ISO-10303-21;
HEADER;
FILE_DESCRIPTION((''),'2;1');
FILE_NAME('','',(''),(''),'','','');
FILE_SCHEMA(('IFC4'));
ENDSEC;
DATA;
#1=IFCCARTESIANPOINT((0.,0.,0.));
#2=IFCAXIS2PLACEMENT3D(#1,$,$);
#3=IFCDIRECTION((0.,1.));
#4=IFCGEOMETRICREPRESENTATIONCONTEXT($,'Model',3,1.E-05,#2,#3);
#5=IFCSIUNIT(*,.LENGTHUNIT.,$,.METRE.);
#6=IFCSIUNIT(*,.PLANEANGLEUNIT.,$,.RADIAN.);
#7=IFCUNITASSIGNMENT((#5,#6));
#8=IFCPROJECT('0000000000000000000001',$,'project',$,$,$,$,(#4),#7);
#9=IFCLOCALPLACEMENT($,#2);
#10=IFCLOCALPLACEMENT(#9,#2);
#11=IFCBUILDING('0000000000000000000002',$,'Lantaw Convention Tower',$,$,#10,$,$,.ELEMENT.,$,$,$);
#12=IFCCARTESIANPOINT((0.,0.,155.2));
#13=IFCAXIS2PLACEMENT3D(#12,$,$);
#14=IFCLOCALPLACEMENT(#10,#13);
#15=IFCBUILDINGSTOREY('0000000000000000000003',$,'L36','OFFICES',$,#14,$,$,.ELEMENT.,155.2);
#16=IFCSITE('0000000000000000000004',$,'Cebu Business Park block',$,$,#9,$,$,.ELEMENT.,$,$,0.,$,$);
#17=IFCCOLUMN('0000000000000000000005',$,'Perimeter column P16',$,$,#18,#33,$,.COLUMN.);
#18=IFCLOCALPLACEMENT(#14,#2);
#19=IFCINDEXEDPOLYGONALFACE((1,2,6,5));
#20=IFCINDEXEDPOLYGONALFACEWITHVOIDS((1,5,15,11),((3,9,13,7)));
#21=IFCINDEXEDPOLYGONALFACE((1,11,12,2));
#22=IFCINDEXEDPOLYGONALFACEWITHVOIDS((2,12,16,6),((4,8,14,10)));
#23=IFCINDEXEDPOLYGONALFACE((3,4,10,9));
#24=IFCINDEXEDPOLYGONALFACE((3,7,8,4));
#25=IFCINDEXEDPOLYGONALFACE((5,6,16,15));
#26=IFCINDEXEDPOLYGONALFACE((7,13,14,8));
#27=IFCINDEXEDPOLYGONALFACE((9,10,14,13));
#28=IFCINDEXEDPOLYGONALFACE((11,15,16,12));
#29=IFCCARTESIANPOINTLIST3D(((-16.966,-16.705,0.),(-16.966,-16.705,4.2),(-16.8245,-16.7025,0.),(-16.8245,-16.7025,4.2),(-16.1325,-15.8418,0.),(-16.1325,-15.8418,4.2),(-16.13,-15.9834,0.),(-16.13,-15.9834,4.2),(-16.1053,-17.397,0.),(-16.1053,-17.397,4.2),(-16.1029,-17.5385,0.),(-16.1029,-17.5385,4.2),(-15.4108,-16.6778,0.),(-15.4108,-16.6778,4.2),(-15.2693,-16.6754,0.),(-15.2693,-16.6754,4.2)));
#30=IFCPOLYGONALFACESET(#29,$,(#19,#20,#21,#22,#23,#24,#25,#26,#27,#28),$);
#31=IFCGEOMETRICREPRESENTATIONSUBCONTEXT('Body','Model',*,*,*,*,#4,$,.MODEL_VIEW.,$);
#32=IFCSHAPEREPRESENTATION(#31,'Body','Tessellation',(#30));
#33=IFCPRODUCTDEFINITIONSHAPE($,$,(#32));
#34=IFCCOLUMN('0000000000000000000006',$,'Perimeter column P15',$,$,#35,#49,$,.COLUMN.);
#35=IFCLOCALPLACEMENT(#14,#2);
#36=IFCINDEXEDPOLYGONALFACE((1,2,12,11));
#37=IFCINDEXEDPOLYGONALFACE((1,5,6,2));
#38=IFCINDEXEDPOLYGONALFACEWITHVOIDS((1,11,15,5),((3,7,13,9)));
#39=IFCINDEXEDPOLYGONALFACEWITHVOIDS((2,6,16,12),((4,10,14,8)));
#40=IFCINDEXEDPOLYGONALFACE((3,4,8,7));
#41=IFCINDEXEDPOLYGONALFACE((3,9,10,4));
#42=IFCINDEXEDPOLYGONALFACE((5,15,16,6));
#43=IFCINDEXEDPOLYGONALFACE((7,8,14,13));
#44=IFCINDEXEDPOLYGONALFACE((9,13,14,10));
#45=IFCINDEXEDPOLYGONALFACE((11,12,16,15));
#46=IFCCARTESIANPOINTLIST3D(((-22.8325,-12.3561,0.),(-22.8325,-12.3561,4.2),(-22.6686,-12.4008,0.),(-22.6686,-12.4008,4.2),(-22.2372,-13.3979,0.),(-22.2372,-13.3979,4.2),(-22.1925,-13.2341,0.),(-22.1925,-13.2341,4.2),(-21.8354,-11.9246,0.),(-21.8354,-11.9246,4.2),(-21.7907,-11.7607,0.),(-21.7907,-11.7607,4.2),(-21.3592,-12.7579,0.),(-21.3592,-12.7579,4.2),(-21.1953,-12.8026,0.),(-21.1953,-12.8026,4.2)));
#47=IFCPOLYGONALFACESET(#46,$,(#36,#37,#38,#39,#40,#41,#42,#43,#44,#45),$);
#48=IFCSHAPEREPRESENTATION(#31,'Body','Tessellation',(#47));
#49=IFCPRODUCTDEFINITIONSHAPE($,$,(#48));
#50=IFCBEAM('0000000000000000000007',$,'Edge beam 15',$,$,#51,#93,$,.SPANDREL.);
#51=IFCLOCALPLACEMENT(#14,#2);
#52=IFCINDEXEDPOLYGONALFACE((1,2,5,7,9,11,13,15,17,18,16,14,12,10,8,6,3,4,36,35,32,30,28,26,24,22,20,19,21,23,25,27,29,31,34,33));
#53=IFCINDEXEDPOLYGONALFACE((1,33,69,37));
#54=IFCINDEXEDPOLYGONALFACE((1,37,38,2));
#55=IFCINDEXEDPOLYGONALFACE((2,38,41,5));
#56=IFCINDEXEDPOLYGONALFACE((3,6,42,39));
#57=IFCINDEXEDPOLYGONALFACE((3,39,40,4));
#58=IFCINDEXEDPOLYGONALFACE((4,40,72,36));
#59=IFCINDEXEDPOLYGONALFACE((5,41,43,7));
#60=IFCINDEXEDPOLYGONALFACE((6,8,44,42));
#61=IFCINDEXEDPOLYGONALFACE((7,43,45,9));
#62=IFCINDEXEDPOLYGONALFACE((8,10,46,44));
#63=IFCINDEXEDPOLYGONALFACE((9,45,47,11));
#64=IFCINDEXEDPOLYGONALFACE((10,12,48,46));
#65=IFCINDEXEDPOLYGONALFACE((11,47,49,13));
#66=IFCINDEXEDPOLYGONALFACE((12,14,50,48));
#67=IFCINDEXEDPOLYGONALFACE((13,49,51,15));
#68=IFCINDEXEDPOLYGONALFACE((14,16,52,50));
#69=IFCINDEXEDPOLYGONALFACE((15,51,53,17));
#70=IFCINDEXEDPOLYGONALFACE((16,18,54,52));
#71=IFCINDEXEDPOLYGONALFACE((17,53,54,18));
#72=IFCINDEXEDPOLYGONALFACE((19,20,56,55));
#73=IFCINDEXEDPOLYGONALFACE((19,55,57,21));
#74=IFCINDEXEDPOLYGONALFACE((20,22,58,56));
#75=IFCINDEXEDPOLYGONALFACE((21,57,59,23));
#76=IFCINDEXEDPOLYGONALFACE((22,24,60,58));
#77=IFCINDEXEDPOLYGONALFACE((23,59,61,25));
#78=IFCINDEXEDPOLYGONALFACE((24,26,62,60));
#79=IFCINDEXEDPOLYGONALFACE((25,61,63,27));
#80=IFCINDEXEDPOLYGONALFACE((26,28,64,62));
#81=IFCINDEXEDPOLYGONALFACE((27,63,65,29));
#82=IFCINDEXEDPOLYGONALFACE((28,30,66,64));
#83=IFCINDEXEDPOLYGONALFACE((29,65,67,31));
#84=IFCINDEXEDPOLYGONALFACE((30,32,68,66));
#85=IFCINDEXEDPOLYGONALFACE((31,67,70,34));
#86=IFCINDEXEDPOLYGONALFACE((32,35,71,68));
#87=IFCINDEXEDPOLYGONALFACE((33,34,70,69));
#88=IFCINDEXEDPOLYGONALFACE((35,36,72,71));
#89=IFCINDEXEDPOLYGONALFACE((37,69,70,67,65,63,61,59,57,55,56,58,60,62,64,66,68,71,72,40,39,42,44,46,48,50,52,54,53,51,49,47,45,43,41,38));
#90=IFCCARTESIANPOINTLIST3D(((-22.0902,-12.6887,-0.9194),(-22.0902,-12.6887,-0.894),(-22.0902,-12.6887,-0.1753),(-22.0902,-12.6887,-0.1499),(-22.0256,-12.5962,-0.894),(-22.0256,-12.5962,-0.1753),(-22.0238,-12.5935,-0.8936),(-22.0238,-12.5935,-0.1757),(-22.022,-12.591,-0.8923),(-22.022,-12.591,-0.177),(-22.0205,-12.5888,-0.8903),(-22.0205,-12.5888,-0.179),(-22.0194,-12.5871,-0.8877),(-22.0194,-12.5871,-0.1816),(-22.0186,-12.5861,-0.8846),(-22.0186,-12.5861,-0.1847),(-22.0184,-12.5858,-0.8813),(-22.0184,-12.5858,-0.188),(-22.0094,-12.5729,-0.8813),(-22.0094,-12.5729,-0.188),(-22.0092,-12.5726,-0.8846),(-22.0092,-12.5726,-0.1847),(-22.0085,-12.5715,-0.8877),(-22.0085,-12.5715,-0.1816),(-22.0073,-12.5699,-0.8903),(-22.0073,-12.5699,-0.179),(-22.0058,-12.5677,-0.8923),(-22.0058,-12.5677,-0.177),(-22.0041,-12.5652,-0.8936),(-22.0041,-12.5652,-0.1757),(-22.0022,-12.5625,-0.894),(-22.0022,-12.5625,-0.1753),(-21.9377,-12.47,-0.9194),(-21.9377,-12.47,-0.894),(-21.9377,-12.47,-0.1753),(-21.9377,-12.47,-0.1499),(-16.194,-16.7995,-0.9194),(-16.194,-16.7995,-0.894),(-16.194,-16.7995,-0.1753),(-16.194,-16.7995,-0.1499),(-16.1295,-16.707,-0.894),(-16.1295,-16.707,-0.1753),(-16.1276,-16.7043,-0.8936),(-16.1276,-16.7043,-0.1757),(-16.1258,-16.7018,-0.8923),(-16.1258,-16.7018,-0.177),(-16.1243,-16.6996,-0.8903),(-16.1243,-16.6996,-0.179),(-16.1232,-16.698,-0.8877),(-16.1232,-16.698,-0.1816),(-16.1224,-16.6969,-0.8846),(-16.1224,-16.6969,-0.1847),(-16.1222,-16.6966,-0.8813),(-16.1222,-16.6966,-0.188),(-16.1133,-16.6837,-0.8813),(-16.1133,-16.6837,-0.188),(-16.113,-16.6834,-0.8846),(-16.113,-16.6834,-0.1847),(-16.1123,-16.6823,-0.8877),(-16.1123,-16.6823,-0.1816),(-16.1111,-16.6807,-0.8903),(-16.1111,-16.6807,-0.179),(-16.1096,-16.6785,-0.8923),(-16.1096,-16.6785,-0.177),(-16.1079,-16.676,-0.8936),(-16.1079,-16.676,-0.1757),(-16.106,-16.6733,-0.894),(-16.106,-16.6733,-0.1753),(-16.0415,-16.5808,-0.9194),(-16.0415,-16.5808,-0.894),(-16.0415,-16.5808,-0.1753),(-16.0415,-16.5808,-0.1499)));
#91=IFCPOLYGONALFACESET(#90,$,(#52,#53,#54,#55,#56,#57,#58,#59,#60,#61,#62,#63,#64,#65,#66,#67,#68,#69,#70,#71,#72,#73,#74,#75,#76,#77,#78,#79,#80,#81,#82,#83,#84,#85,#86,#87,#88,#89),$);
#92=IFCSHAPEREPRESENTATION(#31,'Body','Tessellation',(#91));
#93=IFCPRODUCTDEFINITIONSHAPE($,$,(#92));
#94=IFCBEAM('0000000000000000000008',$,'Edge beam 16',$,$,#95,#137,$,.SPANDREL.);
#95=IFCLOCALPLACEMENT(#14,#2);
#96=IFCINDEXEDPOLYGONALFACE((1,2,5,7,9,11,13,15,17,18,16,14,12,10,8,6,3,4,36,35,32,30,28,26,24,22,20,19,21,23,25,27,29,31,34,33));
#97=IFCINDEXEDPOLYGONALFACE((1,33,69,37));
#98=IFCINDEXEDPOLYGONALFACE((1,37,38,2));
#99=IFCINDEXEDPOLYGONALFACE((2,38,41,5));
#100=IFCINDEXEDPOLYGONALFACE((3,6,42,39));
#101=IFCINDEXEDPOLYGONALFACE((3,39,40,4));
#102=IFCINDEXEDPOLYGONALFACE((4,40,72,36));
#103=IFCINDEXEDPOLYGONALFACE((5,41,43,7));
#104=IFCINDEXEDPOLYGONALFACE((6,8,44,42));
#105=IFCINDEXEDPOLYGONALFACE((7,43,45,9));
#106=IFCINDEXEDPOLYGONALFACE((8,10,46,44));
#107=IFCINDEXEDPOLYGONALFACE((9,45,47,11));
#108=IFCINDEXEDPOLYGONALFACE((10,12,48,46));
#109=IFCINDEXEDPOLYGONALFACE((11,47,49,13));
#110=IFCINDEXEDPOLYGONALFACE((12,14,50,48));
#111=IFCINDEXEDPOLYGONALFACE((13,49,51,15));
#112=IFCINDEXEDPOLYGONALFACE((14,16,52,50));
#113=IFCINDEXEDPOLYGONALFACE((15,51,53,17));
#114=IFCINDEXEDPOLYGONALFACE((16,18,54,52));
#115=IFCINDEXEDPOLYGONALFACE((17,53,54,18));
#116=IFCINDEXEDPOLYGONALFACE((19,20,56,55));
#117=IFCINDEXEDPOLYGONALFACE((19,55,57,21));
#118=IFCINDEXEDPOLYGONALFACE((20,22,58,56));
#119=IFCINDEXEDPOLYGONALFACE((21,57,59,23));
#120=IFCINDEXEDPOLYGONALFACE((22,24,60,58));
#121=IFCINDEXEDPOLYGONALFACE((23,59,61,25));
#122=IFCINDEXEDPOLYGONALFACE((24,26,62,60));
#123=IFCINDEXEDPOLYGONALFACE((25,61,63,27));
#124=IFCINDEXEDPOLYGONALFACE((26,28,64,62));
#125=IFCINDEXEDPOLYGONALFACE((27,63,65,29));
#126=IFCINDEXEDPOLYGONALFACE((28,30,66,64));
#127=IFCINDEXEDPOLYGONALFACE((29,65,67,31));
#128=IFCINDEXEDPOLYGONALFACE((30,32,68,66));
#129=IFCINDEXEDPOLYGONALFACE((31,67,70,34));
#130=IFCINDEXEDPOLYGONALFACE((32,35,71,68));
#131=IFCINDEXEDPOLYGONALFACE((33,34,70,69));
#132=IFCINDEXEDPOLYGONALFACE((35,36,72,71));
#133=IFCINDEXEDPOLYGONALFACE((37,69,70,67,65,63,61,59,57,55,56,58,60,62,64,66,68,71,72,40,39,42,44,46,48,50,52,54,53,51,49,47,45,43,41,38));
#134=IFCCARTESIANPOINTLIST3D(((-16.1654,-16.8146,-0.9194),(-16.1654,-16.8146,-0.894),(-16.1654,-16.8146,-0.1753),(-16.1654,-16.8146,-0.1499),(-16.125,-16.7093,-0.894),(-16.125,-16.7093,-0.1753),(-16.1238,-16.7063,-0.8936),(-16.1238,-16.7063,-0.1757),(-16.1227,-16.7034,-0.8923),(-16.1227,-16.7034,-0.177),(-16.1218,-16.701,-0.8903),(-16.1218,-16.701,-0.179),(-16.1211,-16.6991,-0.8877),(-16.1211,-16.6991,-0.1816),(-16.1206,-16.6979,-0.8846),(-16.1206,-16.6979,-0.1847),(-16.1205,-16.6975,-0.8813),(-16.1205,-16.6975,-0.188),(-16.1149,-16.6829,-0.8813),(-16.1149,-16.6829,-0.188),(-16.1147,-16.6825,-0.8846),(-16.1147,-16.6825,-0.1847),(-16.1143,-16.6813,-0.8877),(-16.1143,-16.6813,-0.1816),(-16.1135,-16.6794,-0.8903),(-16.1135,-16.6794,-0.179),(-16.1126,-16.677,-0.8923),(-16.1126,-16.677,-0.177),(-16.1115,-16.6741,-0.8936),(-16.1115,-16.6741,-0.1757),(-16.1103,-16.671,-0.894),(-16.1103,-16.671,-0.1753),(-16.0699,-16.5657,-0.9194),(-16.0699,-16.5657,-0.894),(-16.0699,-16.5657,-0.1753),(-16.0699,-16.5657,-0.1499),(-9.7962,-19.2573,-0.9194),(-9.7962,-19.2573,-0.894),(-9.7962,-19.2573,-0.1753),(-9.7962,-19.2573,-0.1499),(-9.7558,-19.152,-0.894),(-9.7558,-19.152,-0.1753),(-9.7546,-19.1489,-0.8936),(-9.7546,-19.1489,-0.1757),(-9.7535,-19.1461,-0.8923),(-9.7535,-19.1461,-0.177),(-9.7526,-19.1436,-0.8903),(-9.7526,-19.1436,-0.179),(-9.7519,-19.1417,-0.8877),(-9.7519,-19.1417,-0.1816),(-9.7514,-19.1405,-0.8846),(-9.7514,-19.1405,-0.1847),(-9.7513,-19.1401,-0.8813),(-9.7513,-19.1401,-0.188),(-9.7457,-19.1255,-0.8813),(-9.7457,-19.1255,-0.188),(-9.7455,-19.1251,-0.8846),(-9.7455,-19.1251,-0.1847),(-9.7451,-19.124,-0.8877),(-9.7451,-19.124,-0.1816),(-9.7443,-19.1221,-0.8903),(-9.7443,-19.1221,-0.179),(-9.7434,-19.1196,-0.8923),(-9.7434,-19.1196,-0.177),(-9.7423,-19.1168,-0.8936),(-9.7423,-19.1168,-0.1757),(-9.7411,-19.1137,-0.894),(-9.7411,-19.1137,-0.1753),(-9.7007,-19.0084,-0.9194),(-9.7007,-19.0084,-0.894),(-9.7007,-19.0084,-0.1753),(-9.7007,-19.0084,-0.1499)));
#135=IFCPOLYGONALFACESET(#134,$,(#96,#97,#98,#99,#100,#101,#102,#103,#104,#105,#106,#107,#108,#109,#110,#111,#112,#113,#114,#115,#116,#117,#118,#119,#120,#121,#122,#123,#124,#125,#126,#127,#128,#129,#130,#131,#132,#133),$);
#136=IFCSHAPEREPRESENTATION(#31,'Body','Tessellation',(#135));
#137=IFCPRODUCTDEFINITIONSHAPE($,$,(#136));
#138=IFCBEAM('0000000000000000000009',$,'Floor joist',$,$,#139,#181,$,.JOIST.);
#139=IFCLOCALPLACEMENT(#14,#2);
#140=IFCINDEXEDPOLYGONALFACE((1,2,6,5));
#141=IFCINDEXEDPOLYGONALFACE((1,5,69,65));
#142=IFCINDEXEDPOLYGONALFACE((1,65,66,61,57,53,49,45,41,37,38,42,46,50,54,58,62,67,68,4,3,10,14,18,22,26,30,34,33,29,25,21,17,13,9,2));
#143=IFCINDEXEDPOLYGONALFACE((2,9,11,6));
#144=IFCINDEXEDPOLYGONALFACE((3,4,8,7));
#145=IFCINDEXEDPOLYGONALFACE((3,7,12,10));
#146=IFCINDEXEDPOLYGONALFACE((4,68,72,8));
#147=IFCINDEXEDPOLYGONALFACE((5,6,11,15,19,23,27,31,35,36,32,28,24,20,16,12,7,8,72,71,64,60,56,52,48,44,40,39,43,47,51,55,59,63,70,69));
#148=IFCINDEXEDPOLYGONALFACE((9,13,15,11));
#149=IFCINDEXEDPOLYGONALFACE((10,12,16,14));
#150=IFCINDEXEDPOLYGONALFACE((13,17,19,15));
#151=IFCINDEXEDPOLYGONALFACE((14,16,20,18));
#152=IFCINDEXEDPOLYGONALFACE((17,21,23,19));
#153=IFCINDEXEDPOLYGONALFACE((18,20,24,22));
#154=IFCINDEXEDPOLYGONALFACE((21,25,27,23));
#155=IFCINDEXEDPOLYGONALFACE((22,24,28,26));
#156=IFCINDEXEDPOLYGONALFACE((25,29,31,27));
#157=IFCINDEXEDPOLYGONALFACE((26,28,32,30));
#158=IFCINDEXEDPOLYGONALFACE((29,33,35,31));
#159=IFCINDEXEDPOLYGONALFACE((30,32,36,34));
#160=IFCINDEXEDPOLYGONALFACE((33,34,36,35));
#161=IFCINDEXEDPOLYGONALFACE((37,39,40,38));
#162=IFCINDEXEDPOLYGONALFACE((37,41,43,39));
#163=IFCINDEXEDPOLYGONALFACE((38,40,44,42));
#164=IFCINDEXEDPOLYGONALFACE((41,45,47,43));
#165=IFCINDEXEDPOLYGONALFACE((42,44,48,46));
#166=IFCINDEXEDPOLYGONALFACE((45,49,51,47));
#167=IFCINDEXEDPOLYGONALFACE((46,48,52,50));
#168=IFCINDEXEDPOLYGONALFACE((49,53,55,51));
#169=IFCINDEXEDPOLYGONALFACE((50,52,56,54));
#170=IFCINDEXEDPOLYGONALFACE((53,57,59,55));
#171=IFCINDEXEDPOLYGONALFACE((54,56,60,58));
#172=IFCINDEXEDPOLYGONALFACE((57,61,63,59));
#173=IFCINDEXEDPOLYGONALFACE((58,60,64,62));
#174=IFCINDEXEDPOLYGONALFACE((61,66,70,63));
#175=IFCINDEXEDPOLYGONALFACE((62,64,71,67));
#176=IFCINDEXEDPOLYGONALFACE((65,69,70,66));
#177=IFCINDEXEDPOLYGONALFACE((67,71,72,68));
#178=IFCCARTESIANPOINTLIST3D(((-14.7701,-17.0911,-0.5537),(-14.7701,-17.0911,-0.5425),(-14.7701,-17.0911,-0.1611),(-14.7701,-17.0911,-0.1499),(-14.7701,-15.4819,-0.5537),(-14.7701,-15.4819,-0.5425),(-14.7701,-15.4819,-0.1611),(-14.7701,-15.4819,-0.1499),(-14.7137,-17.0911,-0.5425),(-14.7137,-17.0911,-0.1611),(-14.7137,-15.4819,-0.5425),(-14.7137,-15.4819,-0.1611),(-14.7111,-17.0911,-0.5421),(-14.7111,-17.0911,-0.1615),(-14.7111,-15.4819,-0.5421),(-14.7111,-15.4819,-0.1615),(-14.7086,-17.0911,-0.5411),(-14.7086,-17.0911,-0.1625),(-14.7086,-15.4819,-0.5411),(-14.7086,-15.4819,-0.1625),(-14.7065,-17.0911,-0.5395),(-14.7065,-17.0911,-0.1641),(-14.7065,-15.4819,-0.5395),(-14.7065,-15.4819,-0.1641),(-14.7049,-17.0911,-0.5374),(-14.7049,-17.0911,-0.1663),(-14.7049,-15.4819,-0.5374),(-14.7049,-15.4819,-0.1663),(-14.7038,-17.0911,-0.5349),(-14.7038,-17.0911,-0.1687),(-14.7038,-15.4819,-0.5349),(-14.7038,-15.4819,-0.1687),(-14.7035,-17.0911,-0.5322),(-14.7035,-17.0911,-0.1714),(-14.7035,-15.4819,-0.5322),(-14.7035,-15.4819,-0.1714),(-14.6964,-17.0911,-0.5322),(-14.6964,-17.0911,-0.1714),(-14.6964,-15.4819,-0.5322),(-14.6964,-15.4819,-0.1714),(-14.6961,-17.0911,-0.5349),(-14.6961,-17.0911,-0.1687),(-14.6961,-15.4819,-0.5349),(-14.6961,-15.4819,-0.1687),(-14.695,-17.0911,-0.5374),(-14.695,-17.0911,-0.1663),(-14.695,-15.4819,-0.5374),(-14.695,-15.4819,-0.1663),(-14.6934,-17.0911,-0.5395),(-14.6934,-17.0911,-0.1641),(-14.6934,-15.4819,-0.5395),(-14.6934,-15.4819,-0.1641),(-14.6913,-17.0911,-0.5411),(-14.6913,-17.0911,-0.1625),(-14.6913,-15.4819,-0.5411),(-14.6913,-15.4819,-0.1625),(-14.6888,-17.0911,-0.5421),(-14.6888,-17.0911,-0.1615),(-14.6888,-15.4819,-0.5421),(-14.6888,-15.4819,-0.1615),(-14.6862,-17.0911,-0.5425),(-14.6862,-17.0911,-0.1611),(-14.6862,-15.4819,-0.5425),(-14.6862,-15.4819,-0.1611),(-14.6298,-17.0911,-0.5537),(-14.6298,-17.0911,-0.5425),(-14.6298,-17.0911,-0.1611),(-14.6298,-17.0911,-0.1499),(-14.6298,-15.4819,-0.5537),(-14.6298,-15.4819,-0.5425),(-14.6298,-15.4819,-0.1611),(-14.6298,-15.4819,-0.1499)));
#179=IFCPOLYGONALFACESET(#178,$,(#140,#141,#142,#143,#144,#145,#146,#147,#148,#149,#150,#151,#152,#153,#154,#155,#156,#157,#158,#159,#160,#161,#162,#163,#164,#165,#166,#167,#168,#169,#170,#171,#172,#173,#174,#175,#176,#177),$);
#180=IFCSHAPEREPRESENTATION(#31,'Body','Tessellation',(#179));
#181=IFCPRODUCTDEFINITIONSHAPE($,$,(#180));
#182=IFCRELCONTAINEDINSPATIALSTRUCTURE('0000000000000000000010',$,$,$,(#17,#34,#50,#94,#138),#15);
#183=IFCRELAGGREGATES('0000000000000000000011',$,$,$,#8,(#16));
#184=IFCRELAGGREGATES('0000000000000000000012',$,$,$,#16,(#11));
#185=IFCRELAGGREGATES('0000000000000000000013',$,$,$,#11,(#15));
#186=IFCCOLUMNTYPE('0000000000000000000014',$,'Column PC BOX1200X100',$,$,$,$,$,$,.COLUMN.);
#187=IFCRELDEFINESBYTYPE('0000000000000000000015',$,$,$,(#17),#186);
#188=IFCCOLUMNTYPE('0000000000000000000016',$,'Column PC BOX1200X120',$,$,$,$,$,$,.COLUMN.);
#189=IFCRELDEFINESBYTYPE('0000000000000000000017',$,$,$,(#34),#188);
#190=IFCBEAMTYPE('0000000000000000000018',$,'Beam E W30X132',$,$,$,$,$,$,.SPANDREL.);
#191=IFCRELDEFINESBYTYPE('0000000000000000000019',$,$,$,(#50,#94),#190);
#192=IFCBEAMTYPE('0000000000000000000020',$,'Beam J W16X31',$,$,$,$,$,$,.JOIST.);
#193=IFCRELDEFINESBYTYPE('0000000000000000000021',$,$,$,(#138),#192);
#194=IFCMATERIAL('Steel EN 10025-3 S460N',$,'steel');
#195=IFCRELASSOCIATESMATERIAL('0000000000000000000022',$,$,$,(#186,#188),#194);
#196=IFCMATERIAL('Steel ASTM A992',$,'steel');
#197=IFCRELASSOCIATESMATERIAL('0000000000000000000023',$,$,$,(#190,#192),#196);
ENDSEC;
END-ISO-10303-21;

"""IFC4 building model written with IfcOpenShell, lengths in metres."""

from ifc_helpers import new_model, si_unit, direction, frame, origin, origin_2d, place, context, subcontext, project, spatial, rectangle, hollow_rectangle, i_section, extrude, material, material_profile, profile_set, type_object, element, save


model = new_model("IFC4")

# Units and contexts
model_context = context("Model", 3, precision=1e-05, world=origin(), true_north=direction((0.0, 1.0)))
body_context = subcontext(model_context, "Body", "Model", "MODEL_VIEW")
ifc_project = project(units=[si_unit("LENGTHUNIT", "METRE"), si_unit("PLANEANGLEUNIT", "RADIAN")], contexts=[model_context])

# Site, building, storey
site_placement = place(None, origin())
site = spatial("IfcSite", under=ifc_project, at=site_placement, Name="Cebu Business Park block", CompositionType="ELEMENT", RefElevation=0.0)
building_placement = place(site_placement, origin())
building = spatial("IfcBuilding", under=site, at=building_placement, Name="Lantaw Convention Tower", CompositionType="ELEMENT")
storey_placement = place(building_placement, frame((0.0, 0.0, 155.2)))
storey = spatial("IfcBuildingStorey", under=building, at=storey_placement, Name="L36", Description="OFFICES", CompositionType="ELEMENT", Elevation=155.2)

# Columns
ifc_material_1 = material(Name="Steel EN 10025-3 S460N", Category="steel")
ifc_material_profile_1 = material_profile(ifc_material_1, hollow_rectangle(XDim=1.2, YDim=1.2, WallThickness=0.1001, at=origin_2d()), Name="BOX1200X100")
ifc_material_2 = material(Name="Concrete C60/75", Category="concrete")
ifc_material_profile_2 = material_profile(ifc_material_2, rectangle(XDim=1.0, YDim=1.0, at=origin_2d()), Name="Concrete fill of BOX1200X100")
ifc_profile_set_1 = profile_set([ifc_material_profile_1, ifc_material_profile_2], Name="Steel EN 10025-3 S460N")
column_type_1 = type_object("IfcColumnType", Name="Column PC BOX1200X100", PredefinedType="COLUMN", material=ifc_profile_set_1)
column_1_placement = place(storey_placement, frame((-16.1177, -16.6902, 0.0), z_axis=(0.0, 0.0, 1.0), x_axis=(0.694658, 0.71934, 0.0)))
element("IfcColumn", 1, at=column_1_placement, inside=storey, type_object=column_type_1, Name="Perimeter column P16", PredefinedType="COLUMN", context=body_context, shape_type="SweptSolid", body=[
    extrude(hollow_rectangle(XDim=1.2, YDim=1.2, WallThickness=0.1001, at=origin_2d()), origin(), (0.0, 0.0, 1.0), 4.2),
])
ifc_material_profile_3 = material_profile(ifc_material_1, hollow_rectangle(XDim=1.2, YDim=1.2, WallThickness=0.1201, at=origin_2d()), Name="BOX1200X120")
ifc_material_profile_4 = material_profile(ifc_material_2, rectangle(XDim=0.96, YDim=0.96, at=origin_2d()), Name="Concrete fill of BOX1200X120")
ifc_profile_set_2 = profile_set([ifc_material_profile_3, ifc_material_profile_4], Name="Steel EN 10025-3 S460N")
column_type_2 = type_object("IfcColumnType", Name="Column PC BOX1200X120", PredefinedType="COLUMN", material=ifc_profile_set_2)
column_2_placement = place(storey_placement, frame((-22.0139, -12.5793, 0.0), z_axis=(0.0, 0.0, 1.0), x_axis=(0.868243, 0.496139, 0.0)))
element("IfcColumn", 2, at=column_2_placement, inside=storey, type_object=column_type_2, Name="Perimeter column P15", PredefinedType="COLUMN", context=body_context, shape_type="SweptSolid", body=[
    extrude(hollow_rectangle(XDim=1.2, YDim=1.2, WallThickness=0.1201, at=origin_2d()), origin(), (0.0, 0.0, 1.0), 4.2),
])

# Beams
ifc_material_3 = material(Name="Steel ASTM A992", Category="steel")
ifc_material_profile_5 = material_profile(ifc_material_3, i_section(OverallWidth=0.2666, OverallDepth=0.7695, WebThickness=0.0156, FlangeThickness=0.0254, FilletRadius=0.0127, at=origin_2d()), Name="W30X132")
ifc_profile_set_3 = profile_set([ifc_material_profile_5], Name="Steel ASTM A992")
beam_type_1 = type_object("IfcBeamType", Name="Beam E W30X132", PredefinedType="SPANDREL", material=ifc_profile_set_3)
beam_1_placement = place(storey_placement, frame((-22.0139, -12.5793, -0.5347), z_axis=(0.820311, -0.571918, 0.0), x_axis=(0.571918, 0.820311, 0.0)))
element("IfcBeam", 3, at=beam_1_placement, inside=storey, type_object=beam_type_1, Name="Edge beam 15", PredefinedType="SPANDREL", context=body_context, shape_type="SweptSolid", body=[
    extrude(i_section(OverallWidth=0.2666, OverallDepth=0.7695, WebThickness=0.0156, FlangeThickness=0.0254, FilletRadius=0.0127, at=origin_2d()), origin(), (0.0, 0.0, 1.0), 7.1877),
])
beam_2_placement = place(storey_placement, frame((-16.1177, -16.6902, -0.5347), z_axis=(0.933691, -0.35808, 0.0), x_axis=(0.35808, 0.933691, 0.0)))
element("IfcBeam", 4, at=beam_2_placement, inside=storey, type_object=beam_type_1, Name="Edge beam 16", PredefinedType="SPANDREL", context=body_context, shape_type="SweptSolid", body=[
    extrude(i_section(OverallWidth=0.2666, OverallDepth=0.7695, WebThickness=0.0156, FlangeThickness=0.0254, FilletRadius=0.0127, at=origin_2d()), origin(), (0.0, 0.0, 1.0), 6.8215),
])
ifc_material_profile_6 = material_profile(ifc_material_3, i_section(OverallWidth=0.1404, OverallDepth=0.4038, WebThickness=0.0071, FlangeThickness=0.0112, FilletRadius=0.0103, at=origin_2d()), Name="W16X31")
ifc_profile_set_4 = profile_set([ifc_material_profile_6], Name="Steel ASTM A992")
beam_type_2 = type_object("IfcBeamType", Name="Beam J W16X31", PredefinedType="JOIST", material=ifc_profile_set_4)
beam_3_placement = place(storey_placement, frame((-14.7, -17.0911, -0.3518), z_axis=(0.0, 1.0, 0.0), x_axis=(-1.0, 0.0, 0.0)))
element("IfcBeam", 5, at=beam_3_placement, inside=storey, type_object=beam_type_2, Name="Floor joist", PredefinedType="JOIST", context=body_context, shape_type="SweptSolid", body=[
    extrude(i_section(OverallWidth=0.1404, OverallDepth=0.4038, WebThickness=0.0071, FlangeThickness=0.0112, FilletRadius=0.0103, at=origin_2d()), origin(), (0.0, 0.0, 1.0), 1.6091),
])

save(model, "model.ifc")
